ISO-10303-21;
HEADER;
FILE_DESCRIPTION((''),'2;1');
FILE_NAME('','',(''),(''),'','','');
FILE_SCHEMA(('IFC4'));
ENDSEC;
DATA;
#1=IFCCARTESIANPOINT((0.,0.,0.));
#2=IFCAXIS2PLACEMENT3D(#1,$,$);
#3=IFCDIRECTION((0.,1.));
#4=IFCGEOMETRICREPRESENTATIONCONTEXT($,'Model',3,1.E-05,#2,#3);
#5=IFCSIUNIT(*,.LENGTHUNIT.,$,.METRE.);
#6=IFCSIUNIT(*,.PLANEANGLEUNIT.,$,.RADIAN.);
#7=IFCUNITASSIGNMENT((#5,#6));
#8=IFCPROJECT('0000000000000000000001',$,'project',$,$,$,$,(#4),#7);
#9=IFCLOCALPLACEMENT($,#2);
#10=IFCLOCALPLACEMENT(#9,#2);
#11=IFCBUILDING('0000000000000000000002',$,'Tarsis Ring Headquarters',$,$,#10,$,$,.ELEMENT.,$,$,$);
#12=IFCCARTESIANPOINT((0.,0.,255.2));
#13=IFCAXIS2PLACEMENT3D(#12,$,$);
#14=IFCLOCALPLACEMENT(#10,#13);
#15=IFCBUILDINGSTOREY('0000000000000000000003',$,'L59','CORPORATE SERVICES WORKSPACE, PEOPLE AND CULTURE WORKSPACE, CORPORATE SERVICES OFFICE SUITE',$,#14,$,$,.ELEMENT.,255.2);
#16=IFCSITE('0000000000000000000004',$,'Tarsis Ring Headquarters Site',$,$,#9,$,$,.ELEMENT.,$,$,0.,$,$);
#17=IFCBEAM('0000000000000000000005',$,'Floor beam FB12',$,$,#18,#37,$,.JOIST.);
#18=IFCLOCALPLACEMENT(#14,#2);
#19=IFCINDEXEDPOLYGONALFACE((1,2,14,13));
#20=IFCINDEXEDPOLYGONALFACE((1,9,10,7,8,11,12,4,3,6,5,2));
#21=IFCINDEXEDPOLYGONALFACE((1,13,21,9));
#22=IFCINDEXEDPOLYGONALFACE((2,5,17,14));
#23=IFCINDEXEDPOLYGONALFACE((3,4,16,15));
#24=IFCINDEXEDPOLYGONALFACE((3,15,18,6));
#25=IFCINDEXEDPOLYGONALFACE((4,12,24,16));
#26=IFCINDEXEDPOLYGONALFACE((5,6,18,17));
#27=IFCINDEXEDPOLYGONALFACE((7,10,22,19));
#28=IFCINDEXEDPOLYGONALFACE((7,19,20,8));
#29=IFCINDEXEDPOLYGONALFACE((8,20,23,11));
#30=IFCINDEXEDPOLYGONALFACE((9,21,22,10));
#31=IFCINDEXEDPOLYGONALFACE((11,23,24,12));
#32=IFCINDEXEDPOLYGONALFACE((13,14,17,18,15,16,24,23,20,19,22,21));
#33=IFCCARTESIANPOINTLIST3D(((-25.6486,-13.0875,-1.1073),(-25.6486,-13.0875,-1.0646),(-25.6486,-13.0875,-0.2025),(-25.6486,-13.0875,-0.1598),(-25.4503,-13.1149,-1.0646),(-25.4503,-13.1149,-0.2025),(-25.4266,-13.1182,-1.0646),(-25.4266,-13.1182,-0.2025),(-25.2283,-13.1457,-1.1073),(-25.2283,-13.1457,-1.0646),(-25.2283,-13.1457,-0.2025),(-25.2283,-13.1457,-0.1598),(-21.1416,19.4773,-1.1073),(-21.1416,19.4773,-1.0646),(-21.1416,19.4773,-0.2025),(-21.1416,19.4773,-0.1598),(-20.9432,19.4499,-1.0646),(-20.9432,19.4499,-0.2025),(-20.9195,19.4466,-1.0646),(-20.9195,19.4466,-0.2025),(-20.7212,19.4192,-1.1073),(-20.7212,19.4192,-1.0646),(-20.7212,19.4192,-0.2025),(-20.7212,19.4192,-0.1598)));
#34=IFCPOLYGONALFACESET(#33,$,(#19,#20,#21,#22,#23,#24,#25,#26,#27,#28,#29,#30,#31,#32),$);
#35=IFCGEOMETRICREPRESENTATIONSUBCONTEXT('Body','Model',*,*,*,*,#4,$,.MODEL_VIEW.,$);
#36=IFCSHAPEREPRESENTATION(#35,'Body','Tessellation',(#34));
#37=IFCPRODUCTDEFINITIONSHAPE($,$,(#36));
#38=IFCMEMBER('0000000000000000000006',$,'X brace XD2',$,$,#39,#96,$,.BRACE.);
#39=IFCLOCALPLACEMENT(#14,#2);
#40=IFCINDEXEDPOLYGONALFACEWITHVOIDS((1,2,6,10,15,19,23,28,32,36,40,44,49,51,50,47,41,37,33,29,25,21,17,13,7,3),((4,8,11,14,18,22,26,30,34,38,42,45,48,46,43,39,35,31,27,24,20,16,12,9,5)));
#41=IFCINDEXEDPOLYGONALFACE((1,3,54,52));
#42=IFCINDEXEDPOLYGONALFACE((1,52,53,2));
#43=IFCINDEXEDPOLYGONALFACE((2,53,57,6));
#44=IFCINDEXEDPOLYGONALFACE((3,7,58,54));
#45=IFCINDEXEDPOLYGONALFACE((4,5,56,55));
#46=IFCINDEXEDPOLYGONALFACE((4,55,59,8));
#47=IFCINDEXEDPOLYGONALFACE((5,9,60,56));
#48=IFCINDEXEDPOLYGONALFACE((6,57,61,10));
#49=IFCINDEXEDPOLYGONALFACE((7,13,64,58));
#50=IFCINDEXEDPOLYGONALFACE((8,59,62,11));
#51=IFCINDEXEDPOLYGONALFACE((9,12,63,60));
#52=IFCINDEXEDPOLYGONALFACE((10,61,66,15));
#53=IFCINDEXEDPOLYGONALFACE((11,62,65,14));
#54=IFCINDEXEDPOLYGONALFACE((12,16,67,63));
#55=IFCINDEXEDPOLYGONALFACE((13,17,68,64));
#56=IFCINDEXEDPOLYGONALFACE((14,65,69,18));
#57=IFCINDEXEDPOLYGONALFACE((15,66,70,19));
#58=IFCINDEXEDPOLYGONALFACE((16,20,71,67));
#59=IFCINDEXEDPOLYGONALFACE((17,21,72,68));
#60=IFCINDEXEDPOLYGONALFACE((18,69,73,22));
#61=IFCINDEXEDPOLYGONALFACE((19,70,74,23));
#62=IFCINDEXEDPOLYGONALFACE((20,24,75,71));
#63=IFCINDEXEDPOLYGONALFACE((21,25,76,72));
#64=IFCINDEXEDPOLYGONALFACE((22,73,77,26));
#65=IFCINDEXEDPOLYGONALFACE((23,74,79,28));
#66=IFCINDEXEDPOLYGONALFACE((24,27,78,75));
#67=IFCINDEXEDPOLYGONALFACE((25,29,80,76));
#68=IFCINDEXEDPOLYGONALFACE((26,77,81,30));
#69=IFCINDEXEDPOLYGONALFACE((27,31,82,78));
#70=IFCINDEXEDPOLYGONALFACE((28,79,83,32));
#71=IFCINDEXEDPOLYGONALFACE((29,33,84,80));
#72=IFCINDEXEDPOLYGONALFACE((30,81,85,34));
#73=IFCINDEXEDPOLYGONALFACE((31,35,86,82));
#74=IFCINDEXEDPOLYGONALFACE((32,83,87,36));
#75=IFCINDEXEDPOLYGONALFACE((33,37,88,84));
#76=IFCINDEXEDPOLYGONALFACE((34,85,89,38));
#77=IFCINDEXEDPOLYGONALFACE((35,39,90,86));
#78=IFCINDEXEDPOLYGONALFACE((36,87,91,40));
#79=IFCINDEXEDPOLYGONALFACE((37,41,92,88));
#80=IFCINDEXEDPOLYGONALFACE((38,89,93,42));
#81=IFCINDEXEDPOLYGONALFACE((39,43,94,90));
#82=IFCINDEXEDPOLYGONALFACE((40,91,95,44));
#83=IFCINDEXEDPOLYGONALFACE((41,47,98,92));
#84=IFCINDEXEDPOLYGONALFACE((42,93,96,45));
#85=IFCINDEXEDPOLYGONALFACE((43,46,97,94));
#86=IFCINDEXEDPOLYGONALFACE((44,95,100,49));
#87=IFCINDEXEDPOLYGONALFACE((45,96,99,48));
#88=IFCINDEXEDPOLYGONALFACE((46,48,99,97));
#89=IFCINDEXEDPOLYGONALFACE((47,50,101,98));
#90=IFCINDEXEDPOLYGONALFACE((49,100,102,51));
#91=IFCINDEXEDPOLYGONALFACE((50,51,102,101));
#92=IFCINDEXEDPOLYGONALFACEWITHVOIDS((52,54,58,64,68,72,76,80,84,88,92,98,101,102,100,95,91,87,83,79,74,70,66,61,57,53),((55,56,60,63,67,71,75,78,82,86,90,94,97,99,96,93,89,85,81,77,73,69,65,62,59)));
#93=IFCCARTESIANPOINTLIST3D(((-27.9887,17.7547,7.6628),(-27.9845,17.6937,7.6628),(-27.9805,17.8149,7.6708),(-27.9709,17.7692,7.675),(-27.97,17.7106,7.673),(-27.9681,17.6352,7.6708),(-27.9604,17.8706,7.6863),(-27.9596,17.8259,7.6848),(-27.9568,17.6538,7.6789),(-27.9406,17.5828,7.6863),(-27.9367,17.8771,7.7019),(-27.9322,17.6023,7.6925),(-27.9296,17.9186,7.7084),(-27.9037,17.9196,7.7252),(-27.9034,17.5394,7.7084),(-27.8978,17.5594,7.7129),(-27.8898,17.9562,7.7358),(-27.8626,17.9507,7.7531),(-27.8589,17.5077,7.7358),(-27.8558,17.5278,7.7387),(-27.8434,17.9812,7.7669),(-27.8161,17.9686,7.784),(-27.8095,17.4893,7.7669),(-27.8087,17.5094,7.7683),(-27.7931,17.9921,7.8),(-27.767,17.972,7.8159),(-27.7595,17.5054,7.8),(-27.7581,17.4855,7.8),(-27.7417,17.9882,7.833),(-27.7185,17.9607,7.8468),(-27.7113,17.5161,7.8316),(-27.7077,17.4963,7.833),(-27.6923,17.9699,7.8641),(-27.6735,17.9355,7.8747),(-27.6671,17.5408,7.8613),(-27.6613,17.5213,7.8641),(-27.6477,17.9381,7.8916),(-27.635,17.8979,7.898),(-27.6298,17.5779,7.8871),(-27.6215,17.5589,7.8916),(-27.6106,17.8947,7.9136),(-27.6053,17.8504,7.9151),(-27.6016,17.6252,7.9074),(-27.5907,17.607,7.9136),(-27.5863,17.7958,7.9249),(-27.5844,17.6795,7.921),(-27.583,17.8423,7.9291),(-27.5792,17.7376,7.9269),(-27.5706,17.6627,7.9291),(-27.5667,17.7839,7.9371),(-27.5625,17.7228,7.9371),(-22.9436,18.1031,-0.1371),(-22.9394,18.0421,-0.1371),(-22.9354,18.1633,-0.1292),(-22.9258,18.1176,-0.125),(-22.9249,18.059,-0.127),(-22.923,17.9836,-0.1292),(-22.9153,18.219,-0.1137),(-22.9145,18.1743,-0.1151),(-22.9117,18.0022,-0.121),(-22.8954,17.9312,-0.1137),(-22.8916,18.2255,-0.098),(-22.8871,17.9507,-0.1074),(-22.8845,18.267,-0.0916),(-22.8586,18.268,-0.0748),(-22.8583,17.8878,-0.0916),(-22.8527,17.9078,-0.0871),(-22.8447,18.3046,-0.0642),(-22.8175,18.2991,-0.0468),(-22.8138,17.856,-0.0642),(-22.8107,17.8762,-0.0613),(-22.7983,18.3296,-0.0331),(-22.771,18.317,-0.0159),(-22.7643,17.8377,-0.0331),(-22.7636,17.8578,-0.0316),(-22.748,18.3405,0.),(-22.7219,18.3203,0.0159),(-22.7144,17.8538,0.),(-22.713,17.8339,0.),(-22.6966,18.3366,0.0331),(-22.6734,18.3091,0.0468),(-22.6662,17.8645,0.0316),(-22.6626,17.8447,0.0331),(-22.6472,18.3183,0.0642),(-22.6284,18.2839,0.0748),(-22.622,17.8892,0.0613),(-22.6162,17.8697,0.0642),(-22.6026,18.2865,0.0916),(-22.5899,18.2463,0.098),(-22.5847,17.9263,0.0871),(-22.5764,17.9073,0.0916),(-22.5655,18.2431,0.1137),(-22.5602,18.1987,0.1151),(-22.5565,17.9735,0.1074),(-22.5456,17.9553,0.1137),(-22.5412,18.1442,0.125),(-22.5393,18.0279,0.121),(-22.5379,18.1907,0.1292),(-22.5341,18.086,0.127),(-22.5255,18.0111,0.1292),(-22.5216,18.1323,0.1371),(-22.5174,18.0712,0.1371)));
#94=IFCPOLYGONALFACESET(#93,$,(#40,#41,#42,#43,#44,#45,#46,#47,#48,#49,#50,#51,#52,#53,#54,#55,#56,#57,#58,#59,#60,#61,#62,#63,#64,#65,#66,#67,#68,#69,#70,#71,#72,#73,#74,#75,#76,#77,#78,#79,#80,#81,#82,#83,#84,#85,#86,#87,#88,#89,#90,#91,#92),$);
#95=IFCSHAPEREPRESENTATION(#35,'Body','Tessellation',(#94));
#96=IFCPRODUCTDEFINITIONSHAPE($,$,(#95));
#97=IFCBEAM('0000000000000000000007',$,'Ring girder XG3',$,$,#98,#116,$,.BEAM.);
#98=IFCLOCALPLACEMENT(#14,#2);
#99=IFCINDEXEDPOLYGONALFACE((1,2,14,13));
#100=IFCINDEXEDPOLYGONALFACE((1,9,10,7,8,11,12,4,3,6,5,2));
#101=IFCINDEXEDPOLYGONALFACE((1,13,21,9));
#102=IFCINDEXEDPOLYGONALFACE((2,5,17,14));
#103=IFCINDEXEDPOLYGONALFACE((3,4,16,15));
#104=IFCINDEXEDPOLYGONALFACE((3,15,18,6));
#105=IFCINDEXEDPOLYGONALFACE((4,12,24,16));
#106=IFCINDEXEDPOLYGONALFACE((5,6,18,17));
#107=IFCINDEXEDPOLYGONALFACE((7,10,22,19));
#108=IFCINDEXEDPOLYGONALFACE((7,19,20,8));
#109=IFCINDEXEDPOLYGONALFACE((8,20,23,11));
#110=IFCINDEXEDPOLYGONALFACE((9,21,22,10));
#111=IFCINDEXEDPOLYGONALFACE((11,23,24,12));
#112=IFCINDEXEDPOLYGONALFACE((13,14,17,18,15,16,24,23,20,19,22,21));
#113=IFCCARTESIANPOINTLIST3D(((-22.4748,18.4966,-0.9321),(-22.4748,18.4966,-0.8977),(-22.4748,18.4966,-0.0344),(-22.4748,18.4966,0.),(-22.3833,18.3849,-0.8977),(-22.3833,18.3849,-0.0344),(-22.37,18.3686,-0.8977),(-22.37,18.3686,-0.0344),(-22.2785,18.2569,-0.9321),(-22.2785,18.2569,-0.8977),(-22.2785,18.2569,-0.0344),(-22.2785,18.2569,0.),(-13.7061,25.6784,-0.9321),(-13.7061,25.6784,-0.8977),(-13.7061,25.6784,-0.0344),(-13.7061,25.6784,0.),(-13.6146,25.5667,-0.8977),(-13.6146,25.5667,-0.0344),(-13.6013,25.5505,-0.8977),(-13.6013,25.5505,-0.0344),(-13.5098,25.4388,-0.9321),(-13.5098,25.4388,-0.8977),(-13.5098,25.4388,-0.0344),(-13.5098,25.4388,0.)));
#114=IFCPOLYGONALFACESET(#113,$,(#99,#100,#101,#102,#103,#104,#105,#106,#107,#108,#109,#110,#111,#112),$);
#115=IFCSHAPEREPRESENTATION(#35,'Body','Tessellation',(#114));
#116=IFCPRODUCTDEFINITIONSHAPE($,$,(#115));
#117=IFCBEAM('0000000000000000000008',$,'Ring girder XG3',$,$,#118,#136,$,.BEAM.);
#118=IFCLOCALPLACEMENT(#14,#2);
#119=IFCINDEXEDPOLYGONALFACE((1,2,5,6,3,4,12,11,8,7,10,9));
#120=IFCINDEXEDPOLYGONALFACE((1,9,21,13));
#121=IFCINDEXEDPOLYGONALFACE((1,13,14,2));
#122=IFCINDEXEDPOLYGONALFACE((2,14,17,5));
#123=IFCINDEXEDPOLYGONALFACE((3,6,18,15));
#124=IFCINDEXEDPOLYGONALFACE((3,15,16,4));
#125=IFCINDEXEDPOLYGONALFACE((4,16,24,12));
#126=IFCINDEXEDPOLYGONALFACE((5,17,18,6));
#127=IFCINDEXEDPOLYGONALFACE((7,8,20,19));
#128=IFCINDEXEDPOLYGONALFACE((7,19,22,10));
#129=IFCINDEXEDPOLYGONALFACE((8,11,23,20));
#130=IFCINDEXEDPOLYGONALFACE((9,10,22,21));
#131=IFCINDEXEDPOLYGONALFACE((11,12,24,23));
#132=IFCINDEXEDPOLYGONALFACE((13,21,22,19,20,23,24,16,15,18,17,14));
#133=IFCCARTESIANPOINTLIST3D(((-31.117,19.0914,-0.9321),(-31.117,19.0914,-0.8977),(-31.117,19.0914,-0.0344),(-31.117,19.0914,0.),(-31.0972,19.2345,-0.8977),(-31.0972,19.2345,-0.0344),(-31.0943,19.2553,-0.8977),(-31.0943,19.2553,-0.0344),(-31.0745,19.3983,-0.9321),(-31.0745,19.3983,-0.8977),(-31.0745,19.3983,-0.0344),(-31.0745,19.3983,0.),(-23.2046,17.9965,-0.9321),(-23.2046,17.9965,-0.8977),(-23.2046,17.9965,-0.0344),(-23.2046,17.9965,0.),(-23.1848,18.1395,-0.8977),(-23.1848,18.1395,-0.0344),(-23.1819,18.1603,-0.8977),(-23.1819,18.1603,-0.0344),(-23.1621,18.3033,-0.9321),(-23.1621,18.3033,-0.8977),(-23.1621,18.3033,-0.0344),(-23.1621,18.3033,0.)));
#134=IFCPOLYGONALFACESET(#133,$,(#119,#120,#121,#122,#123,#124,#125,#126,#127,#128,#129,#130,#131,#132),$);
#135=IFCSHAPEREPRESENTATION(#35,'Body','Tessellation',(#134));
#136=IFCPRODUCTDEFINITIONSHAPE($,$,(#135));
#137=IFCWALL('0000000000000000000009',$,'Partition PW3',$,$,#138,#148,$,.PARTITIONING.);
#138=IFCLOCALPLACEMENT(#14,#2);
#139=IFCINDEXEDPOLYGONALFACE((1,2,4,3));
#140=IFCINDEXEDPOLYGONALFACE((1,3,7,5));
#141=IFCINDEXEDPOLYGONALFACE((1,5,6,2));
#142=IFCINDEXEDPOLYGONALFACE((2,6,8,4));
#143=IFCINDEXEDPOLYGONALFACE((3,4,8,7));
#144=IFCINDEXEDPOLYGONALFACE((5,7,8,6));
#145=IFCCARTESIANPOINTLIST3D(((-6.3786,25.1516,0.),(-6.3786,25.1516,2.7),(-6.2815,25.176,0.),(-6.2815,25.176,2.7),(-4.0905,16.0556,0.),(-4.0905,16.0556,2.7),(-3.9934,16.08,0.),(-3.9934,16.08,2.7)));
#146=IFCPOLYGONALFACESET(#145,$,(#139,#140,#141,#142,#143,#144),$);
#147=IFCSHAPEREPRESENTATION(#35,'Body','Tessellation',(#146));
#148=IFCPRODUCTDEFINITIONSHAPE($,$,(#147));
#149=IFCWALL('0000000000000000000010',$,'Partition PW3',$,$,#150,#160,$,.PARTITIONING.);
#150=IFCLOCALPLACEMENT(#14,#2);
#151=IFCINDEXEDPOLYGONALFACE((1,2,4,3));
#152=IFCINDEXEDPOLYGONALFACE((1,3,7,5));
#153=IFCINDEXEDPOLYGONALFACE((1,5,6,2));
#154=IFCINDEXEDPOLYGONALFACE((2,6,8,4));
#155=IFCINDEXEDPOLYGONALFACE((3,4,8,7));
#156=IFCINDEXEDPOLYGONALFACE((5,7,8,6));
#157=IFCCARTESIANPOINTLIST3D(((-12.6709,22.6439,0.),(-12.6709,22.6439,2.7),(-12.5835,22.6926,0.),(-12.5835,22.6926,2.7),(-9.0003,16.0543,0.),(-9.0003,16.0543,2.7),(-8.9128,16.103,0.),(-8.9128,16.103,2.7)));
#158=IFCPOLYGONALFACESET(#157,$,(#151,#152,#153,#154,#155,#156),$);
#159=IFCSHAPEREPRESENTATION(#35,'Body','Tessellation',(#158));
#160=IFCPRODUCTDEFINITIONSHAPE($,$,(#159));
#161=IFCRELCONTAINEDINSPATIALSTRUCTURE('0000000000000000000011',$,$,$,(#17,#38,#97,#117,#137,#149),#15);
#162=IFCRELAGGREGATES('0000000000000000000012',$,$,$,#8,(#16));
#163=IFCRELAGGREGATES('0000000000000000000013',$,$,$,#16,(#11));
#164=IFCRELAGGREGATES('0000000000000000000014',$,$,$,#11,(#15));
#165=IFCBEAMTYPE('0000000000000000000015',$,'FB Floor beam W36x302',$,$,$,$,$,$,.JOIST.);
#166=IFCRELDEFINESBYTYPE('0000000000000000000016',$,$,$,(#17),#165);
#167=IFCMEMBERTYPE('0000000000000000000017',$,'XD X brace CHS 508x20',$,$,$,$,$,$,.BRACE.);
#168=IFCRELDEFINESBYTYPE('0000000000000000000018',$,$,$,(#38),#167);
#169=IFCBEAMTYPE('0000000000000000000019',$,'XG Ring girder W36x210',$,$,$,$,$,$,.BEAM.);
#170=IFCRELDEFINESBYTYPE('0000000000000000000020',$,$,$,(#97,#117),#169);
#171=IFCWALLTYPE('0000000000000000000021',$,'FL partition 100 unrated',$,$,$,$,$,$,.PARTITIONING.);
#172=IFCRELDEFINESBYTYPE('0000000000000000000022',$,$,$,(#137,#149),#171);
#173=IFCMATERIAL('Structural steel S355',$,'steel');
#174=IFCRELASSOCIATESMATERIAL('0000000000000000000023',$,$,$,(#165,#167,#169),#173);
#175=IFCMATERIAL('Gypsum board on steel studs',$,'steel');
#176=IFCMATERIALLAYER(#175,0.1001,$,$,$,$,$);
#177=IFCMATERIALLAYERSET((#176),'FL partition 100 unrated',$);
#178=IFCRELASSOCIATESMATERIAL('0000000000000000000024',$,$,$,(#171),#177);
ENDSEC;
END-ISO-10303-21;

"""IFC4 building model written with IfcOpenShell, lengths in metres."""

from ifc_helpers import new_model, si_unit, direction, frame, frame_2d, origin, origin_2d, place, context, subcontext, project, spatial, rectangle, hollow_circle, i_section, extrude, material, layer, layer_set, material_profile, profile_set, type_object, element, save


model = new_model("IFC4")

# Units and contexts
model_context = context("Model", 3, precision=1e-05, world=origin(), true_north=direction((0.0, 1.0)))
body_context = subcontext(model_context, "Body", "Model", "MODEL_VIEW")
ifc_project = project(units=[si_unit("LENGTHUNIT", "METRE"), si_unit("PLANEANGLEUNIT", "RADIAN")], contexts=[model_context])

# Site, building, storey
site_placement = place(None, origin())
site = spatial("IfcSite", under=ifc_project, at=site_placement, Name="Tarsis Ring Headquarters Site", CompositionType="ELEMENT", RefElevation=0.0)
building_placement = place(site_placement, origin())
building = spatial("IfcBuilding", under=site, at=building_placement, Name="Tarsis Ring Headquarters", CompositionType="ELEMENT")
storey_placement = place(building_placement, frame((0.0, 0.0, 255.2)))
storey = spatial("IfcBuildingStorey", under=building, at=storey_placement, Name="L59", Description="CORPORATE SERVICES WORKSPACE, PEOPLE AND CULTURE WORKSPACE, CORPORATE SERVICES OFFICE SUITE", CompositionType="ELEMENT", Elevation=255.2)

# Shared definitions
ifc_material_1 = material(Name="Structural steel S355", Category="steel")

# Beam
ifc_material_profile_1 = material_profile(ifc_material_1, i_section(OverallWidth=0.4243, OverallDepth=0.9475, WebThickness=0.0239, FlangeThickness=0.0427, at=origin_2d()), Name="W36x302")
ifc_profile_set_1 = profile_set([ifc_material_profile_1], Name="Structural steel S355")
beam_type_1 = type_object("IfcBeamType", Name="FB Floor beam W36x302", PredefinedType="JOIST", material=ifc_profile_set_1)
beam_1_placement = place(storey_placement, frame((-20.9314, 19.4482, -0.6335), z_axis=(-0.137096, -0.990558, 0.0), x_axis=(0.990558, -0.137096, 0.0)))
element("IfcBeam", 1, at=beam_1_placement, inside=storey, type_object=beam_type_1, Name="Floor beam FB12", PredefinedType="JOIST", context=body_context, shape_type="SweptSolid", body=[
    extrude(i_section(OverallWidth=0.4243, OverallDepth=0.9475, WebThickness=0.0239, FlangeThickness=0.0427, at=origin_2d()), origin(), (0.0, 0.0, 1.0), 32.8752),
])

# Member
ifc_material_profile_2 = material_profile(ifc_material_1, hollow_circle(Radius=0.2539, WallThickness=0.02, at=origin_2d()), Name="CHS 508x20")
ifc_profile_set_2 = profile_set([ifc_material_profile_2], Name="Structural steel S355")
member_type = type_object("IfcMemberType", Name="XD X brace CHS 508x20", PredefinedType="BRACE", material=ifc_profile_set_2)
member_placement = place(storey_placement, frame((-22.7305, 18.0872, 0.0), z_axis=(-0.542724, -0.037477, 0.839075), x_axis=(0.06889, -0.997624, 0.0)))
element("IfcMember", 2, at=member_placement, inside=storey, type_object=member_type, Name="X brace XD2", PredefinedType="BRACE", context=body_context, shape_type="SweptSolid", body=[
    extrude(hollow_circle(Radius=0.2539, WallThickness=0.02, at=origin_2d()), origin(), (0.0, 0.0, 1.0), 9.2959),
])

# Beams
ifc_material_profile_3 = material_profile(ifc_material_1, i_section(OverallWidth=0.3098, OverallDepth=0.9321, WebThickness=0.021, FlangeThickness=0.0344, at=origin_2d()), Name="W36x210")
ifc_profile_set_3 = profile_set([ifc_material_profile_3], Name="Structural steel S355")
beam_type_2 = type_object("IfcBeamType", Name="XG Ring girder W36x210", PredefinedType="BEAM", material=ifc_profile_set_3)
beam_2_placement = place(storey_placement, frame((-13.6079, 25.5586, -0.4661), z_axis=(-0.773637, -0.633629, 0.0), x_axis=(0.633629, -0.773637, 0.0)))
element("IfcBeam", 3, at=beam_2_placement, inside=storey, type_object=beam_type_2, Name="Ring girder XG3", PredefinedType="BEAM", context=body_context, shape_type="SweptSolid", body=[
    extrude(i_section(OverallWidth=0.3098, OverallDepth=0.9321, WebThickness=0.021, FlangeThickness=0.0344, at=origin_2d()), origin(), (0.0, 0.0, 1.0), 11.3345),
])
beam_3_placement = place(storey_placement, frame((-23.1833, 18.1499, -0.4661), z_axis=(-0.99056, 0.137081, 0.0), x_axis=(-0.137081, -0.99056, 0.0)))
element("IfcBeam", 4, at=beam_3_placement, inside=storey, type_object=beam_type_2, Name="Ring girder XG3", PredefinedType="BEAM", context=body_context, shape_type="SweptSolid", body=[
    extrude(i_section(OverallWidth=0.3098, OverallDepth=0.9321, WebThickness=0.021, FlangeThickness=0.0344, at=origin_2d()), origin(), (0.0, 0.0, 1.0), 7.9878),
])

# Walls
ifc_material_2 = material(Name="Gypsum board on steel studs", Category="steel")
ifc_layer_1 = layer(ifc_material_2, 0.1001)
ifc_layer_set_1 = layer_set([ifc_layer_1], Name="FL partition 100 unrated")
wall_type_1 = type_object("IfcWallType", Name="FL partition 100 unrated", PredefinedType="PARTITIONING", material=ifc_layer_set_1)
wall_1_placement = place(storey_placement, frame((-6.3301, 25.1638, 0.0), z_axis=(0.0, 0.0, 1.0), x_axis=(0.24395, -0.969788, 0.0)))
element("IfcWall", 5, at=wall_1_placement, inside=storey, type_object=wall_type_1, Name="Partition PW3", PredefinedType="PARTITIONING", context=body_context, shape_type="SweptSolid", body=[
    extrude(rectangle(XDim=9.3794, YDim=0.1001, at=frame_2d((4.6897, 0.0))), origin(), (0.0, 0.0, 1.0), 2.7),
])
wall_2_placement = place(storey_placement, frame((-12.6272, 22.6682, 0.0), z_axis=(0.0, 0.0, 1.0), x_axis=(0.486632, -0.873607, 0.0)))
element("IfcWall", 6, at=wall_2_placement, inside=storey, type_object=wall_type_1, Name="Partition PW3", PredefinedType="PARTITIONING", context=body_context, shape_type="SweptSolid", body=[
    extrude(rectangle(XDim=7.543, YDim=0.1001, at=frame_2d((3.7715, 0.0))), origin(), (0.0, 0.0, 1.0), 2.7),
])

save(model, "model.ifc")
